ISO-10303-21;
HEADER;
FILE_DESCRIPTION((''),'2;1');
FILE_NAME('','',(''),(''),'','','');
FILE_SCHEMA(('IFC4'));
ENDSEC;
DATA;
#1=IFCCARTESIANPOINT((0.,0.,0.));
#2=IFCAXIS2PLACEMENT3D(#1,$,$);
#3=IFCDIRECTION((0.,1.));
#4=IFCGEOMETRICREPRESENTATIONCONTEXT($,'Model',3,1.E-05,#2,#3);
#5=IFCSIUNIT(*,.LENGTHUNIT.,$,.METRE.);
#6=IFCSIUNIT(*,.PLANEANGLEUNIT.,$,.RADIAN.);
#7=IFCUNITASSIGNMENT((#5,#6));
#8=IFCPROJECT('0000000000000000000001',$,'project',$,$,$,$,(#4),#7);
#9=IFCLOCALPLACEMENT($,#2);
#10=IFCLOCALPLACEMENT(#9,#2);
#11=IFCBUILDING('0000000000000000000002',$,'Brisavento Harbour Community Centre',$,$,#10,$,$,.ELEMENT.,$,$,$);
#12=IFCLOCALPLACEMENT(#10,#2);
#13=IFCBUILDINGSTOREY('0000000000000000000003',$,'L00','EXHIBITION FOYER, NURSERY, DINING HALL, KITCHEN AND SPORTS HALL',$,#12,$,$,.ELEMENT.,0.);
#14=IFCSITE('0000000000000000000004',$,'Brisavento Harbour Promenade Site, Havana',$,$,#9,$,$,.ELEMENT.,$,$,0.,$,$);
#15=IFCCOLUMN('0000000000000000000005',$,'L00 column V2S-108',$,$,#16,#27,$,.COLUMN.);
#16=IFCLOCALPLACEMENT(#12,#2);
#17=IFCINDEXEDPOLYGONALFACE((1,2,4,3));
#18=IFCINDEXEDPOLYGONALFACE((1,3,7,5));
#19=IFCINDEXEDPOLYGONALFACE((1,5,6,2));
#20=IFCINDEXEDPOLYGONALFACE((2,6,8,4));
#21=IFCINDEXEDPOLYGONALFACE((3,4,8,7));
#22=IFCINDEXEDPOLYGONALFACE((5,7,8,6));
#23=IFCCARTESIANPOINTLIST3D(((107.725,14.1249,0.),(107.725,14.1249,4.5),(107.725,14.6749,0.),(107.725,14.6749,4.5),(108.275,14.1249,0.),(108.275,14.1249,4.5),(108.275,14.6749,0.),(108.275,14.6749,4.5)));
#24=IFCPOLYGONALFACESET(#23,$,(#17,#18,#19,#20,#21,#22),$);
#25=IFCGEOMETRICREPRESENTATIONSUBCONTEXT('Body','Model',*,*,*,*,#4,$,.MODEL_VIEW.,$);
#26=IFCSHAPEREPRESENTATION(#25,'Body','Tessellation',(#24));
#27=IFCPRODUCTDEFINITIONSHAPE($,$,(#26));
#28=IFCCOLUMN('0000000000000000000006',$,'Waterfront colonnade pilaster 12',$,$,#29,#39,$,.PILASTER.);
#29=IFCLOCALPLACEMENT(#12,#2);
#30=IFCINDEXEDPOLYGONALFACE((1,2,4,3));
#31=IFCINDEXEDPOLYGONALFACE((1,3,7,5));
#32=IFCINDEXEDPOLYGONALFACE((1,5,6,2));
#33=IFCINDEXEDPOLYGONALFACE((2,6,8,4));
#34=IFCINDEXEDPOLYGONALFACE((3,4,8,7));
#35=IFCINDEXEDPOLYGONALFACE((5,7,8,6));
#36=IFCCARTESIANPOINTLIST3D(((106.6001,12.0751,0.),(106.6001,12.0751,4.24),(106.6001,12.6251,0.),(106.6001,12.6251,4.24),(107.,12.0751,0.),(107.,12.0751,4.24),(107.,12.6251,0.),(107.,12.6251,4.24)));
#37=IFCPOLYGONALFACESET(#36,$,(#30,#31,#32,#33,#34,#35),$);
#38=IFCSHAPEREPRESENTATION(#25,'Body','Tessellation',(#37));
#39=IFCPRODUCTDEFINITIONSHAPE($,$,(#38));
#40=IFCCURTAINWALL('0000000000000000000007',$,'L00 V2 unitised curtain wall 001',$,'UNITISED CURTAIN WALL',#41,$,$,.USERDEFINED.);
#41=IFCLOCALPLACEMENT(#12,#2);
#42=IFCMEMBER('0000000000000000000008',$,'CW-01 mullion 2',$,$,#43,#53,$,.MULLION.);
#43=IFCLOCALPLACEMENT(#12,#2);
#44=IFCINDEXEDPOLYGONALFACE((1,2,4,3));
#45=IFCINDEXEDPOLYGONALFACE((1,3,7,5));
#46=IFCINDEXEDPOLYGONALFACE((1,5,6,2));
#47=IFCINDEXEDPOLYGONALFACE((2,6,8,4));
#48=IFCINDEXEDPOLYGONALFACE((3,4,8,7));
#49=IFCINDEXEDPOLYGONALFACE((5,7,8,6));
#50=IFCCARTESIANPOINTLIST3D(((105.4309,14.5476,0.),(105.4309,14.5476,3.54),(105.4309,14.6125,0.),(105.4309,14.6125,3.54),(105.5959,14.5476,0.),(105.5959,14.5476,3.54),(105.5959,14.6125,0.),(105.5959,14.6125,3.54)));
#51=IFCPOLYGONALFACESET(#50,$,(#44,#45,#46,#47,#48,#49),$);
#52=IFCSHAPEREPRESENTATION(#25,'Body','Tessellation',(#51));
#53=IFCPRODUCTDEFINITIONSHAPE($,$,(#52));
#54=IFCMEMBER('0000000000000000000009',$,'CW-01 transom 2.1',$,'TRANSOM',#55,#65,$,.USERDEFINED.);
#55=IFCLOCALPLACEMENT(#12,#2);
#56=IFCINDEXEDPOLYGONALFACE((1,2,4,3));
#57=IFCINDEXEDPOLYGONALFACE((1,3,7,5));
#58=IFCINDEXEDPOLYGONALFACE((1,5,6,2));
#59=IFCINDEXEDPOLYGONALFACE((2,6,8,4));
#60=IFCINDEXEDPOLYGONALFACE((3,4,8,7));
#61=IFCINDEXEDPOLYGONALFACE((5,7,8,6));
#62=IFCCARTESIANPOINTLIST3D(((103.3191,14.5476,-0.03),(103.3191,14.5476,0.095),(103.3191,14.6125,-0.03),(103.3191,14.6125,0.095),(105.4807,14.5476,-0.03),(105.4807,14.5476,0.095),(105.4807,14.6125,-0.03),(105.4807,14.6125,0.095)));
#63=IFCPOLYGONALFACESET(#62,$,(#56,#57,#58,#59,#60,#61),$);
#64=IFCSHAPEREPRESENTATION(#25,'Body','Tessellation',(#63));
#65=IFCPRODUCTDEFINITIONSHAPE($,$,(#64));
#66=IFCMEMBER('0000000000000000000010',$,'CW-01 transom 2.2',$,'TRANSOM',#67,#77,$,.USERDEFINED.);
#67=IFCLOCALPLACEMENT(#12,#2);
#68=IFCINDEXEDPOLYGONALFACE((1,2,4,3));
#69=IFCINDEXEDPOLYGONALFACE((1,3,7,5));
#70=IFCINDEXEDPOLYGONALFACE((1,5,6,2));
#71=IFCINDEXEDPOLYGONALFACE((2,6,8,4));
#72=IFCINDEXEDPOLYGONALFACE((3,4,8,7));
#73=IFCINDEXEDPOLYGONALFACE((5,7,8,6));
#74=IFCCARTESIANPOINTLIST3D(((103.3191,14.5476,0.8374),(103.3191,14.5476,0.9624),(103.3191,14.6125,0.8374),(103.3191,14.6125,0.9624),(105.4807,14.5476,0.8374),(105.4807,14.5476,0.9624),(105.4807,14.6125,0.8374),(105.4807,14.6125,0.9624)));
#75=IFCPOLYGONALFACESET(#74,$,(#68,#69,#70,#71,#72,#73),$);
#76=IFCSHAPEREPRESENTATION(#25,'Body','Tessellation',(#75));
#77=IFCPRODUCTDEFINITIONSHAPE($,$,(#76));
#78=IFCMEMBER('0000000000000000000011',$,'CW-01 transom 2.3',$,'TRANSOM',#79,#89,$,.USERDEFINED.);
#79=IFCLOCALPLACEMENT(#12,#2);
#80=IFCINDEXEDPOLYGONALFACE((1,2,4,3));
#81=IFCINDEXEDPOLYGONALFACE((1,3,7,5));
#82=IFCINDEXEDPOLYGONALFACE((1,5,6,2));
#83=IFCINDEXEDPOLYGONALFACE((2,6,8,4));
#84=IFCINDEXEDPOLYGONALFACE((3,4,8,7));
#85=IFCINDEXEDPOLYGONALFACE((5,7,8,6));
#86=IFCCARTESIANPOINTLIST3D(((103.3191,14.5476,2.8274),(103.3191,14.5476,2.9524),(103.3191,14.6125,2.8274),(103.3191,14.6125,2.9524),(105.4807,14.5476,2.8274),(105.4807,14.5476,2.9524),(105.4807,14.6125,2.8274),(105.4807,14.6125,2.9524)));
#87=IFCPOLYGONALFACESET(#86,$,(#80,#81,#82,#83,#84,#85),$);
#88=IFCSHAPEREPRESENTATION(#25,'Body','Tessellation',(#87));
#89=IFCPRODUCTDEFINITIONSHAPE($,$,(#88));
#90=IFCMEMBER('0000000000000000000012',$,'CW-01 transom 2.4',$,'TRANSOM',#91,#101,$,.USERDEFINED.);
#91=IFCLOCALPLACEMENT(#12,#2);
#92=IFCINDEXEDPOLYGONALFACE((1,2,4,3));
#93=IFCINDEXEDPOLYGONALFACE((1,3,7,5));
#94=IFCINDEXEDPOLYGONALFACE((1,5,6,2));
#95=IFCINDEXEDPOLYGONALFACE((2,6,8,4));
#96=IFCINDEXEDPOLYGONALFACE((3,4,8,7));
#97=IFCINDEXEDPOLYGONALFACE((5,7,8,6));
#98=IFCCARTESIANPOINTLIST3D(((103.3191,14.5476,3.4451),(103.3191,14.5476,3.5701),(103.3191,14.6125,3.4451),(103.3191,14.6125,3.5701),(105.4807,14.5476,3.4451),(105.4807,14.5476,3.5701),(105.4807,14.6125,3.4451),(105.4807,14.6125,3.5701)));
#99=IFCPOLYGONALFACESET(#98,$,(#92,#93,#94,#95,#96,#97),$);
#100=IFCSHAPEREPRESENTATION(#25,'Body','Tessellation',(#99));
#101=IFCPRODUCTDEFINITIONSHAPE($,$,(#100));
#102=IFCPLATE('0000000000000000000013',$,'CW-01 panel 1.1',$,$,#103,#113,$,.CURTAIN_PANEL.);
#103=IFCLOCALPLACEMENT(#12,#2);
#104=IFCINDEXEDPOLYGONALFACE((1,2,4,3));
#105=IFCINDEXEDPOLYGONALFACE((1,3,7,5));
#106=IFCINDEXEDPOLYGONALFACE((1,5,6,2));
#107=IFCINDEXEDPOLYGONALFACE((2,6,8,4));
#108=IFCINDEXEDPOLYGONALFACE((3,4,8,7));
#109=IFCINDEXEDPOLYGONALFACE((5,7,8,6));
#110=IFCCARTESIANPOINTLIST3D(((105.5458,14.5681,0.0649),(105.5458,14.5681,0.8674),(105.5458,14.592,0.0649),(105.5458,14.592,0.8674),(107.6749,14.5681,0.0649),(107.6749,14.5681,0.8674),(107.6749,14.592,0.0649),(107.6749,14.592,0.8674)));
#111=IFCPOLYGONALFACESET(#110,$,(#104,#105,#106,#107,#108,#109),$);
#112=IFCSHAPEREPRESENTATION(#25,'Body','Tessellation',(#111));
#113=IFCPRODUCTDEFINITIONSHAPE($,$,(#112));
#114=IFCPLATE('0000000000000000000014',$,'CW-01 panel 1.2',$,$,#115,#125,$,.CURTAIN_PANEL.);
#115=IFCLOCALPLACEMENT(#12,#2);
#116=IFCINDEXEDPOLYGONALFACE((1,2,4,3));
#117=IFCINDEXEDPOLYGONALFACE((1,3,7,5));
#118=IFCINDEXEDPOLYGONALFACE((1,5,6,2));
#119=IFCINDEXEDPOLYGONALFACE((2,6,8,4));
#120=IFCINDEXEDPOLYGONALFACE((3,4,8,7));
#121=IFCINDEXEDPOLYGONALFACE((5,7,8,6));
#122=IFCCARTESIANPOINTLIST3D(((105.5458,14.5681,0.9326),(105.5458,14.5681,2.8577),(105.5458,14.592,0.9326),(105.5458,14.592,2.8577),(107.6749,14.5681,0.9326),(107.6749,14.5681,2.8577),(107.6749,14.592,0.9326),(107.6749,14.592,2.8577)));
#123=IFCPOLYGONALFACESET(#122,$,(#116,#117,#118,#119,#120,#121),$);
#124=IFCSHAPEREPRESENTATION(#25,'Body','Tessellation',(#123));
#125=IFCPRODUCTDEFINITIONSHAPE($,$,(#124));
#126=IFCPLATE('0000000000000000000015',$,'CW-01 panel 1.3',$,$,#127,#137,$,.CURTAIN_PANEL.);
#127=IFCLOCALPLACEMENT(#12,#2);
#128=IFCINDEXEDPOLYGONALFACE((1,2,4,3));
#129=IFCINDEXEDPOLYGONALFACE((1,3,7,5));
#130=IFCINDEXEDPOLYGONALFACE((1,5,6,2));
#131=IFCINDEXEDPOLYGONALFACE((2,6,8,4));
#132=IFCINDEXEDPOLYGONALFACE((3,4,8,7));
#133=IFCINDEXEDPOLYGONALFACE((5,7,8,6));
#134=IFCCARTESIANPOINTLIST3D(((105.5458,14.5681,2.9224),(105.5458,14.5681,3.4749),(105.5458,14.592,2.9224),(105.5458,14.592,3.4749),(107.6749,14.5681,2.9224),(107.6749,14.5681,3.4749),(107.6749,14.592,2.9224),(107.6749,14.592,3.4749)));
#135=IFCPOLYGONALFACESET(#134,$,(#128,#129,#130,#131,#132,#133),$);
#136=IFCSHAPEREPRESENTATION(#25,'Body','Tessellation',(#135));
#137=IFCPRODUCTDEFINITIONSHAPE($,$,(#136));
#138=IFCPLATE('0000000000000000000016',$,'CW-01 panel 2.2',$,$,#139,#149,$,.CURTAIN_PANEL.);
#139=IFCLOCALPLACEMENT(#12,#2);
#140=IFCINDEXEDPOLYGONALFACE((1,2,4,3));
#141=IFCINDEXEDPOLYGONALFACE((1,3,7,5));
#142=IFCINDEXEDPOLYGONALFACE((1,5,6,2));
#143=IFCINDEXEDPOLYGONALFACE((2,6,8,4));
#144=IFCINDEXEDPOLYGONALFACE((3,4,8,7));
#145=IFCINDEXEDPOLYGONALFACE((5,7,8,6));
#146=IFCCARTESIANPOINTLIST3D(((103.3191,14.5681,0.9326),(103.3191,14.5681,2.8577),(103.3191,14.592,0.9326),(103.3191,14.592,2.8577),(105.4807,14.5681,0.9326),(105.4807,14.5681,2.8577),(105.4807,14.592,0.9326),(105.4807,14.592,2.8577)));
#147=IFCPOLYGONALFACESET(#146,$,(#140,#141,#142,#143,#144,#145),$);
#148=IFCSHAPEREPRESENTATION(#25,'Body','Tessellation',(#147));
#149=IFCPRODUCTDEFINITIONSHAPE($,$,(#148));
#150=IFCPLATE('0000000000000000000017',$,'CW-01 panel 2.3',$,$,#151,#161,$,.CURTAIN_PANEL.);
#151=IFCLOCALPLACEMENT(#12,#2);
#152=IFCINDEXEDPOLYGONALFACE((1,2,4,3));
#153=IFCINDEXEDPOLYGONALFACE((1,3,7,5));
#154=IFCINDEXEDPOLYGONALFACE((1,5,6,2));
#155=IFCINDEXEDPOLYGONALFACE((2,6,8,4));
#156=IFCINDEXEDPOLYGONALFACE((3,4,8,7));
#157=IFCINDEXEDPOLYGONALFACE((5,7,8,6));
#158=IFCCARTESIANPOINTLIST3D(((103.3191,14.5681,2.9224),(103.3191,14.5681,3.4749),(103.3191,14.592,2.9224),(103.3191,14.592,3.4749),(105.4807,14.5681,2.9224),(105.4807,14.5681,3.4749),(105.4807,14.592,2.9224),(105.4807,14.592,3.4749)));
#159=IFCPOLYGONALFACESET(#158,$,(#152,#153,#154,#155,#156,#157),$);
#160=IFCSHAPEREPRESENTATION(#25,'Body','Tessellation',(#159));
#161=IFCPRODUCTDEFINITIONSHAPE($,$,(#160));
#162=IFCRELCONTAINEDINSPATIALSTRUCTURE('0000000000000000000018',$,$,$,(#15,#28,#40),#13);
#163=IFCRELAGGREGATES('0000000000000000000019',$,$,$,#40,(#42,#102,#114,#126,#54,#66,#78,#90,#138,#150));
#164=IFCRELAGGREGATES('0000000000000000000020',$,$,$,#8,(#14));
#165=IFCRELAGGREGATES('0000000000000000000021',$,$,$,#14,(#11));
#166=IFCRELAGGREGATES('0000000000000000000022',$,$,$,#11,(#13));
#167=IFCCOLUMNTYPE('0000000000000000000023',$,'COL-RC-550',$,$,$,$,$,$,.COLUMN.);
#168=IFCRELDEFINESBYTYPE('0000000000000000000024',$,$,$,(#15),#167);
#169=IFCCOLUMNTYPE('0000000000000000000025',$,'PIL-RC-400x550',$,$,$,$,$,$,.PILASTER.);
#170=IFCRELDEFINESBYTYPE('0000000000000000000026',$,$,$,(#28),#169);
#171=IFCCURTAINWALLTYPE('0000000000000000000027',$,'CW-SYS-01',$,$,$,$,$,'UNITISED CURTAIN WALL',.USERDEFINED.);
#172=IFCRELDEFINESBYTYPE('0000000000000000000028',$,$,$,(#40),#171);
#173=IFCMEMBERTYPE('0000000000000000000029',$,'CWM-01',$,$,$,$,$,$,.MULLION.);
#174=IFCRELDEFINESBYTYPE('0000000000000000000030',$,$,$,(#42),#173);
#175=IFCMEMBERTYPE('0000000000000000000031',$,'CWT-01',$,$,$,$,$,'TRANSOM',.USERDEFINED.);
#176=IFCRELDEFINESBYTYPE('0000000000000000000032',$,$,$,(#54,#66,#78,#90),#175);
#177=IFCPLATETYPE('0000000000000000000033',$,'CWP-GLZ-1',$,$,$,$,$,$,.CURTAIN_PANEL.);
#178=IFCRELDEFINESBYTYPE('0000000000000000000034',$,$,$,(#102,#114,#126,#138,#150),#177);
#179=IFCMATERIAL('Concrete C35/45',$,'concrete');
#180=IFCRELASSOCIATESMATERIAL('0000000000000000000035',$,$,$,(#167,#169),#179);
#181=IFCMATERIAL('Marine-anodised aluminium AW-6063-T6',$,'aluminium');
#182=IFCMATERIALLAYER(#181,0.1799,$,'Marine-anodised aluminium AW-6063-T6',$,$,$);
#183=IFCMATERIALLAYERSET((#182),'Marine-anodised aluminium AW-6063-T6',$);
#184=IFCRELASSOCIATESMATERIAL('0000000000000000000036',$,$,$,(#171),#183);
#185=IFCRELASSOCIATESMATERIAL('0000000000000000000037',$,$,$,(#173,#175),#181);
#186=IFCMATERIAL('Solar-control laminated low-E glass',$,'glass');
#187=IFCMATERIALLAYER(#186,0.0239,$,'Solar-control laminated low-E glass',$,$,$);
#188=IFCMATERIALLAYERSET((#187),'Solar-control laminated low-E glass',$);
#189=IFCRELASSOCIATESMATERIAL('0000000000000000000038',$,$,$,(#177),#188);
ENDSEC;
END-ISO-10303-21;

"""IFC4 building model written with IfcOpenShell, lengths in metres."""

from ifc_helpers import new_model, si_unit, direction, frame, origin, origin_2d, place, context, subcontext, project, spatial, rectangle, extrude, material, layer, layer_set, material_profile, profile_set, type_object, element, aggregate, save


model = new_model("IFC4")

# Units and contexts
model_context = context("Model", 3, precision=1e-05, world=origin(), true_north=direction((0.0, 1.0)))
body_context = subcontext(model_context, "Body", "Model", "MODEL_VIEW")
ifc_project = project(units=[si_unit("LENGTHUNIT", "METRE"), si_unit("PLANEANGLEUNIT", "RADIAN")], contexts=[model_context])

# Site, building, storey
site_placement = place(None, origin())
site = spatial("IfcSite", under=ifc_project, at=site_placement, Name="Brisavento Harbour Promenade Site, Havana", CompositionType="ELEMENT", RefElevation=0.0)
building_placement = place(site_placement, origin())
building = spatial("IfcBuilding", under=site, at=building_placement, Name="Brisavento Harbour Community Centre", CompositionType="ELEMENT")
storey_placement = place(building_placement, origin())
storey = spatial("IfcBuildingStorey", under=building, at=storey_placement, Name="L00", Description="EXHIBITION FOYER, NURSERY, DINING HALL, KITCHEN AND SPORTS HALL", CompositionType="ELEMENT", Elevation=0.0)

# Columns
ifc_material_1 = material(Name="Concrete C35/45", Category="concrete")
ifc_material_profile_1 = material_profile(ifc_material_1, rectangle(XDim=0.55, YDim=0.55, at=origin_2d()), Name="Concrete C35/45")
ifc_profile_set_1 = profile_set([ifc_material_profile_1], Name="Concrete C35/45")
column_type_1 = type_object("IfcColumnType", Name="COL-RC-550", PredefinedType="COLUMN", material=ifc_profile_set_1)
column_1_placement = place(storey_placement, frame((108.0, 14.3999, 0.0), z_axis=(0.0, 0.0, 1.0), x_axis=(1.0, 0.0, 0.0)))
element("IfcColumn", 1, at=column_1_placement, inside=storey, type_object=column_type_1, Name="L00 column V2S-108", PredefinedType="COLUMN", context=body_context, shape_type="SweptSolid", body=[
    extrude(rectangle(XDim=0.55, YDim=0.55, at=origin_2d()), origin(), (0.0, 0.0, 1.0), 4.5),
])
ifc_material_profile_2 = material_profile(ifc_material_1, rectangle(XDim=0.3999, YDim=0.55, at=origin_2d()), Name="Concrete C35/45")
ifc_profile_set_2 = profile_set([ifc_material_profile_2], Name="Concrete C35/45")
column_type_2 = type_object("IfcColumnType", Name="PIL-RC-400x550", PredefinedType="PILASTER", material=ifc_profile_set_2)
column_2_placement = place(storey_placement, frame((106.8, 12.3501, 0.0), z_axis=(0.0, 0.0, 1.0), x_axis=(1.0, 0.0, 0.0)))
element("IfcColumn", 2, at=column_2_placement, inside=storey, type_object=column_type_2, Name="Waterfront colonnade pilaster 12", PredefinedType="PILASTER", context=body_context, shape_type="SweptSolid", body=[
    extrude(rectangle(XDim=0.3999, YDim=0.55, at=origin_2d()), origin(), (0.0, 0.0, 1.0), 4.24),
])

# Curtain wall, members, plates
ifc_material_2 = material(Name="Marine-anodised aluminium AW-6063-T6", Category="aluminium")
ifc_layer_1 = layer(ifc_material_2, 0.1799, Name="Marine-anodised aluminium AW-6063-T6")
ifc_layer_set_1 = layer_set([ifc_layer_1], Name="Marine-anodised aluminium AW-6063-T6")
curtain_wall_type = type_object("IfcCurtainWallType", Name="CW-SYS-01", ElementType="UNITISED CURTAIN WALL", PredefinedType="USERDEFINED", material=ifc_layer_set_1)
curtain_wall_placement = place(storey_placement, origin())
curtain_wall = element("IfcCurtainWall", 3, at=curtain_wall_placement, inside=storey, type_object=curtain_wall_type, Name="L00 V2 unitised curtain wall 001", ObjectType="UNITISED CURTAIN WALL", PredefinedType="USERDEFINED")
ifc_material_profile_3 = material_profile(ifc_material_2, rectangle(XDim=0.0649, YDim=0.165, at=origin_2d()), Name="Marine-anodised aluminium AW-6063-T6")
ifc_profile_set_3 = profile_set([ifc_material_profile_3], Name="Marine-anodised aluminium AW-6063-T6")
member_type_1 = type_object("IfcMemberType", Name="CWM-01", PredefinedType="MULLION", material=ifc_profile_set_3)
member_1_placement = place(storey_placement, frame((105.5134, 14.5801, 0.0), z_axis=(0.0, 0.0, 1.0), x_axis=(0.0, -1.0, 0.0)))
member_1 = element("IfcMember", 4, at=member_1_placement, type_object=member_type_1, Name="CW-01 mullion 2", PredefinedType="MULLION", context=body_context, shape_type="SweptSolid", body=[
    extrude(rectangle(XDim=0.0649, YDim=0.165, at=origin_2d()), origin(), (0.0, 0.0, 1.0), 3.54),
])
ifc_material_profile_4 = material_profile(ifc_material_2, rectangle(XDim=0.0649, YDim=0.125, at=origin_2d()), Name="Marine-anodised aluminium AW-6063-T6")
ifc_profile_set_4 = profile_set([ifc_material_profile_4], Name="Marine-anodised aluminium AW-6063-T6")
member_type_2 = type_object("IfcMemberType", Name="CWT-01", ElementType="TRANSOM", PredefinedType="USERDEFINED", material=ifc_profile_set_4)
member_2_placement = place(storey_placement, frame((105.4807, 14.5801, 0.0325), z_axis=(-1.0, 0.0, 0.0), x_axis=(0.0, -1.0, 0.0)))
member_2 = element("IfcMember", 5, at=member_2_placement, type_object=member_type_2, Name="CW-01 transom 2.1", ObjectType="TRANSOM", PredefinedType="USERDEFINED", context=body_context, shape_type="SweptSolid", body=[
    extrude(rectangle(XDim=0.0649, YDim=0.125, at=origin_2d()), origin(), (0.0, 0.0, 1.0), 2.1616),
])
member_3_placement = place(storey_placement, frame((105.4807, 14.5801, 0.8999), z_axis=(-1.0, 0.0, 0.0), x_axis=(0.0, -1.0, 0.0)))
member_3 = element("IfcMember", 6, at=member_3_placement, type_object=member_type_2, Name="CW-01 transom 2.2", ObjectType="TRANSOM", PredefinedType="USERDEFINED", context=body_context, shape_type="SweptSolid", body=[
    extrude(rectangle(XDim=0.0649, YDim=0.125, at=origin_2d()), origin(), (0.0, 0.0, 1.0), 2.1616),
])
member_4_placement = place(storey_placement, frame((105.4807, 14.5801, 2.8899), z_axis=(-1.0, 0.0, 0.0), x_axis=(0.0, -1.0, 0.0)))
member_4 = element("IfcMember", 7, at=member_4_placement, type_object=member_type_2, Name="CW-01 transom 2.3", ObjectType="TRANSOM", PredefinedType="USERDEFINED", context=body_context, shape_type="SweptSolid", body=[
    extrude(rectangle(XDim=0.0649, YDim=0.125, at=origin_2d()), origin(), (0.0, 0.0, 1.0), 2.1616),
])
member_5_placement = place(storey_placement, frame((105.4807, 14.5801, 3.5076), z_axis=(-1.0, 0.0, 0.0), x_axis=(0.0, -1.0, 0.0)))
member_5 = element("IfcMember", 8, at=member_5_placement, type_object=member_type_2, Name="CW-01 transom 2.4", ObjectType="TRANSOM", PredefinedType="USERDEFINED", context=body_context, shape_type="SweptSolid", body=[
    extrude(rectangle(XDim=0.0649, YDim=0.125, at=origin_2d()), origin(), (0.0, 0.0, 1.0), 2.1616),
])
ifc_material_3 = material(Name="Solar-control laminated low-E glass", Category="glass")
ifc_layer_2 = layer(ifc_material_3, 0.0239, Name="Solar-control laminated low-E glass")
ifc_layer_set_2 = layer_set([ifc_layer_2], Name="Solar-control laminated low-E glass")
plate_type = type_object("IfcPlateType", Name="CWP-GLZ-1", PredefinedType="CURTAIN_PANEL", material=ifc_layer_set_2)
plate_1_placement = place(storey_placement, frame((106.6104, 14.5801, 0.0649), z_axis=(0.0, 0.0, 1.0), x_axis=(-1.0, 0.0, 0.0)))
plate_1 = element("IfcPlate", 9, at=plate_1_placement, type_object=plate_type, Name="CW-01 panel 1.1", PredefinedType="CURTAIN_PANEL", context=body_context, shape_type="SweptSolid", body=[
    extrude(rectangle(XDim=2.1292, YDim=0.0239, at=origin_2d()), origin(), (0.0, 0.0, 1.0), 0.8025),
])
plate_2_placement = place(storey_placement, frame((106.6104, 14.5801, 0.9326), z_axis=(0.0, 0.0, 1.0), x_axis=(-1.0, 0.0, 0.0)))
plate_2 = element("IfcPlate", 10, at=plate_2_placement, type_object=plate_type, Name="CW-01 panel 1.2", PredefinedType="CURTAIN_PANEL", context=body_context, shape_type="SweptSolid", body=[
    extrude(rectangle(XDim=2.1292, YDim=0.0239, at=origin_2d()), origin(), (0.0, 0.0, 1.0), 1.925),
])
plate_3_placement = place(storey_placement, frame((106.6104, 14.5801, 2.9224), z_axis=(0.0, 0.0, 1.0), x_axis=(-1.0, 0.0, 0.0)))
plate_3 = element("IfcPlate", 11, at=plate_3_placement, type_object=plate_type, Name="CW-01 panel 1.3", PredefinedType="CURTAIN_PANEL", context=body_context, shape_type="SweptSolid", body=[
    extrude(rectangle(XDim=2.1292, YDim=0.0239, at=origin_2d()), origin(), (0.0, 0.0, 1.0), 0.5525),
])
plate_4_placement = place(storey_placement, frame((104.3999, 14.5801, 0.9326), z_axis=(0.0, 0.0, 1.0), x_axis=(-1.0, 0.0, 0.0)))
plate_4 = element("IfcPlate", 12, at=plate_4_placement, type_object=plate_type, Name="CW-01 panel 2.2", PredefinedType="CURTAIN_PANEL", context=body_context, shape_type="SweptSolid", body=[
    extrude(rectangle(XDim=2.1616, YDim=0.0239, at=origin_2d()), origin(), (0.0, 0.0, 1.0), 1.925),
])
plate_5_placement = place(storey_placement, frame((104.3999, 14.5801, 2.9224), z_axis=(0.0, 0.0, 1.0), x_axis=(-1.0, 0.0, 0.0)))
plate_5 = element("IfcPlate", 13, at=plate_5_placement, type_object=plate_type, Name="CW-01 panel 2.3", PredefinedType="CURTAIN_PANEL", context=body_context, shape_type="SweptSolid", body=[
    extrude(rectangle(XDim=2.1616, YDim=0.0239, at=origin_2d()), origin(), (0.0, 0.0, 1.0), 0.5525),
])
aggregate(curtain_wall, [member_1, plate_1, plate_2, plate_3, member_2, member_3, member_4, member_5, plate_4, plate_5])

save(model, "model.ifc")
